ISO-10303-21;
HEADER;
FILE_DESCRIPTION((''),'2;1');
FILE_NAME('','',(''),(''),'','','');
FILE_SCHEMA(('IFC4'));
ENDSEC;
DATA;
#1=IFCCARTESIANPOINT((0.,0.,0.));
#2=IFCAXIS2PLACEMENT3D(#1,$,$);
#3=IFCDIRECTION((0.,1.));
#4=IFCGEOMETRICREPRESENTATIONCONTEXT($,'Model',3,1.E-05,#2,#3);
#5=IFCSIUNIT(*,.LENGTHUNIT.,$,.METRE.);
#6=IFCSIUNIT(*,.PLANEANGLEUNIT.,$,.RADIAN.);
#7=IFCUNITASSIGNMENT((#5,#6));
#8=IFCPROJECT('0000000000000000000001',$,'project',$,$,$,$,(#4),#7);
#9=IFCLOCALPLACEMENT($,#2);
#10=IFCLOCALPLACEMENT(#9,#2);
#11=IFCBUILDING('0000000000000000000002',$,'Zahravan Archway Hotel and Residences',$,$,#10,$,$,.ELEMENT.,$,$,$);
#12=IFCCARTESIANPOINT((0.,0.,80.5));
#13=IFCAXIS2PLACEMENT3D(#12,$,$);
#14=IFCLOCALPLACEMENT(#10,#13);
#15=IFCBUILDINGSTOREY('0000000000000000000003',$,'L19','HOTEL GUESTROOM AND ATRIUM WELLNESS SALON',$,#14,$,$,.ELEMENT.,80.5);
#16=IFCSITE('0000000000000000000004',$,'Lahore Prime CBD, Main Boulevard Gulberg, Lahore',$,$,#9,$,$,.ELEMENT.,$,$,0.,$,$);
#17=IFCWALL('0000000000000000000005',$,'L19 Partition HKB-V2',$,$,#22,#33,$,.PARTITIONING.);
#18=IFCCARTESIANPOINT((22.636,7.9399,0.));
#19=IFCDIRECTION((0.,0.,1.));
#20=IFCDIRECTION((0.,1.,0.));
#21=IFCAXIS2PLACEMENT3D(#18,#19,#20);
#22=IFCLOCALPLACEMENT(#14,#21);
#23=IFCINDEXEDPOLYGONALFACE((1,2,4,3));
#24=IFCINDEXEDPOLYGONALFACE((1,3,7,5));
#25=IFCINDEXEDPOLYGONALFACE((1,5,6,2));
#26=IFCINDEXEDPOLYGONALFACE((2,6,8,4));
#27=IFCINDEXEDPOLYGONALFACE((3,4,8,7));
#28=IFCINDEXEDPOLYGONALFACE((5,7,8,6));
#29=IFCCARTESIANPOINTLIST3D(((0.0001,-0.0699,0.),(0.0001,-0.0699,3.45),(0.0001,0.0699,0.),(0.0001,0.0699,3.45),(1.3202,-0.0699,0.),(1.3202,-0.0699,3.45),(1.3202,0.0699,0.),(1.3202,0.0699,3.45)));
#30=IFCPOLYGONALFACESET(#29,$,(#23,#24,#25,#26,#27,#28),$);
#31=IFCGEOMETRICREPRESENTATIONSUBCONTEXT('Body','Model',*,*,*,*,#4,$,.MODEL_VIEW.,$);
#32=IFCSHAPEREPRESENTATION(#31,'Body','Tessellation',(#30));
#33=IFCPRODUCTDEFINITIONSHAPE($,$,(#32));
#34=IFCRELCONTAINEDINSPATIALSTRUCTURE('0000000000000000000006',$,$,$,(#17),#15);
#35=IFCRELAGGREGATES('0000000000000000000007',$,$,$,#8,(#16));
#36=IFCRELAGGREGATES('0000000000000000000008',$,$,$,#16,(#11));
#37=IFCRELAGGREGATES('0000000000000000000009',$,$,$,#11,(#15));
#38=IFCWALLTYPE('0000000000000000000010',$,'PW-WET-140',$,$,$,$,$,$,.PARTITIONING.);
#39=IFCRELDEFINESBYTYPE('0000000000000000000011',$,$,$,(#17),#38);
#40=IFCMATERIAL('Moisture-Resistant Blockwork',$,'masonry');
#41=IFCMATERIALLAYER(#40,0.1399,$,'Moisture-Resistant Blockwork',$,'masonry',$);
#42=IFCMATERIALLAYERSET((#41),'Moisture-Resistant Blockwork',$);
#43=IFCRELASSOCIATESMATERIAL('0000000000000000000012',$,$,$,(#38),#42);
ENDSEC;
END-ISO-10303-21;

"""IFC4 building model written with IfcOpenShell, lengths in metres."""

from ifc_helpers import new_model, si_unit, direction, frame, frame_2d, origin, place, context, subcontext, project, spatial, rectangle, extrude, material, layer, layer_set, type_object, element, save


model = new_model("IFC4")

# Units and contexts
model_context = context("Model", 3, precision=1e-05, world=origin(), true_north=direction((0.0, 1.0)))
body_context = subcontext(model_context, "Body", "Model", "MODEL_VIEW")
ifc_project = project(units=[si_unit("LENGTHUNIT", "METRE"), si_unit("PLANEANGLEUNIT", "RADIAN")], contexts=[model_context])

# Site, building, storey
site_placement = place(None, origin())
site = spatial("IfcSite", under=ifc_project, at=site_placement, Name="Lahore Prime CBD, Main Boulevard Gulberg, Lahore", CompositionType="ELEMENT", RefElevation=0.0)
building_placement = place(site_placement, origin())
building = spatial("IfcBuilding", under=site, at=building_placement, Name="Zahravan Archway Hotel and Residences", CompositionType="ELEMENT")
storey_placement = place(building_placement, frame((0.0, 0.0, 80.5)))
storey = spatial("IfcBuildingStorey", under=building, at=storey_placement, Name="L19", Description="HOTEL GUESTROOM AND ATRIUM WELLNESS SALON", CompositionType="ELEMENT", Elevation=80.5)

# Wall
ifc_material_1 = material(Name="Moisture-Resistant Blockwork", Category="masonry")
ifc_layer_1 = layer(ifc_material_1, 0.1399, Name="Moisture-Resistant Blockwork", Category="masonry")
ifc_layer_set_1 = layer_set([ifc_layer_1], Name="Moisture-Resistant Blockwork")
wall_type_1 = type_object("IfcWallType", Name="PW-WET-140", PredefinedType="PARTITIONING", material=ifc_layer_set_1)
wall_1_placement = place(storey_placement, frame((22.636, 7.9399, 0.0), z_axis=(0.0, 0.0, 1.0), x_axis=(0.0, 1.0, 0.0)))
element("IfcWall", 1, at=wall_1_placement, inside=storey, type_object=wall_type_1, Name="L19 Partition HKB-V2", PredefinedType="PARTITIONING", context=body_context, shape_type="SweptSolid", body=[
    extrude(rectangle(XDim=1.3201, YDim=0.1399, at=frame_2d((0.6602, 0.0))), origin(), (0.0, 0.0, 1.0), 3.45),
])

save(model, "model.ifc")
